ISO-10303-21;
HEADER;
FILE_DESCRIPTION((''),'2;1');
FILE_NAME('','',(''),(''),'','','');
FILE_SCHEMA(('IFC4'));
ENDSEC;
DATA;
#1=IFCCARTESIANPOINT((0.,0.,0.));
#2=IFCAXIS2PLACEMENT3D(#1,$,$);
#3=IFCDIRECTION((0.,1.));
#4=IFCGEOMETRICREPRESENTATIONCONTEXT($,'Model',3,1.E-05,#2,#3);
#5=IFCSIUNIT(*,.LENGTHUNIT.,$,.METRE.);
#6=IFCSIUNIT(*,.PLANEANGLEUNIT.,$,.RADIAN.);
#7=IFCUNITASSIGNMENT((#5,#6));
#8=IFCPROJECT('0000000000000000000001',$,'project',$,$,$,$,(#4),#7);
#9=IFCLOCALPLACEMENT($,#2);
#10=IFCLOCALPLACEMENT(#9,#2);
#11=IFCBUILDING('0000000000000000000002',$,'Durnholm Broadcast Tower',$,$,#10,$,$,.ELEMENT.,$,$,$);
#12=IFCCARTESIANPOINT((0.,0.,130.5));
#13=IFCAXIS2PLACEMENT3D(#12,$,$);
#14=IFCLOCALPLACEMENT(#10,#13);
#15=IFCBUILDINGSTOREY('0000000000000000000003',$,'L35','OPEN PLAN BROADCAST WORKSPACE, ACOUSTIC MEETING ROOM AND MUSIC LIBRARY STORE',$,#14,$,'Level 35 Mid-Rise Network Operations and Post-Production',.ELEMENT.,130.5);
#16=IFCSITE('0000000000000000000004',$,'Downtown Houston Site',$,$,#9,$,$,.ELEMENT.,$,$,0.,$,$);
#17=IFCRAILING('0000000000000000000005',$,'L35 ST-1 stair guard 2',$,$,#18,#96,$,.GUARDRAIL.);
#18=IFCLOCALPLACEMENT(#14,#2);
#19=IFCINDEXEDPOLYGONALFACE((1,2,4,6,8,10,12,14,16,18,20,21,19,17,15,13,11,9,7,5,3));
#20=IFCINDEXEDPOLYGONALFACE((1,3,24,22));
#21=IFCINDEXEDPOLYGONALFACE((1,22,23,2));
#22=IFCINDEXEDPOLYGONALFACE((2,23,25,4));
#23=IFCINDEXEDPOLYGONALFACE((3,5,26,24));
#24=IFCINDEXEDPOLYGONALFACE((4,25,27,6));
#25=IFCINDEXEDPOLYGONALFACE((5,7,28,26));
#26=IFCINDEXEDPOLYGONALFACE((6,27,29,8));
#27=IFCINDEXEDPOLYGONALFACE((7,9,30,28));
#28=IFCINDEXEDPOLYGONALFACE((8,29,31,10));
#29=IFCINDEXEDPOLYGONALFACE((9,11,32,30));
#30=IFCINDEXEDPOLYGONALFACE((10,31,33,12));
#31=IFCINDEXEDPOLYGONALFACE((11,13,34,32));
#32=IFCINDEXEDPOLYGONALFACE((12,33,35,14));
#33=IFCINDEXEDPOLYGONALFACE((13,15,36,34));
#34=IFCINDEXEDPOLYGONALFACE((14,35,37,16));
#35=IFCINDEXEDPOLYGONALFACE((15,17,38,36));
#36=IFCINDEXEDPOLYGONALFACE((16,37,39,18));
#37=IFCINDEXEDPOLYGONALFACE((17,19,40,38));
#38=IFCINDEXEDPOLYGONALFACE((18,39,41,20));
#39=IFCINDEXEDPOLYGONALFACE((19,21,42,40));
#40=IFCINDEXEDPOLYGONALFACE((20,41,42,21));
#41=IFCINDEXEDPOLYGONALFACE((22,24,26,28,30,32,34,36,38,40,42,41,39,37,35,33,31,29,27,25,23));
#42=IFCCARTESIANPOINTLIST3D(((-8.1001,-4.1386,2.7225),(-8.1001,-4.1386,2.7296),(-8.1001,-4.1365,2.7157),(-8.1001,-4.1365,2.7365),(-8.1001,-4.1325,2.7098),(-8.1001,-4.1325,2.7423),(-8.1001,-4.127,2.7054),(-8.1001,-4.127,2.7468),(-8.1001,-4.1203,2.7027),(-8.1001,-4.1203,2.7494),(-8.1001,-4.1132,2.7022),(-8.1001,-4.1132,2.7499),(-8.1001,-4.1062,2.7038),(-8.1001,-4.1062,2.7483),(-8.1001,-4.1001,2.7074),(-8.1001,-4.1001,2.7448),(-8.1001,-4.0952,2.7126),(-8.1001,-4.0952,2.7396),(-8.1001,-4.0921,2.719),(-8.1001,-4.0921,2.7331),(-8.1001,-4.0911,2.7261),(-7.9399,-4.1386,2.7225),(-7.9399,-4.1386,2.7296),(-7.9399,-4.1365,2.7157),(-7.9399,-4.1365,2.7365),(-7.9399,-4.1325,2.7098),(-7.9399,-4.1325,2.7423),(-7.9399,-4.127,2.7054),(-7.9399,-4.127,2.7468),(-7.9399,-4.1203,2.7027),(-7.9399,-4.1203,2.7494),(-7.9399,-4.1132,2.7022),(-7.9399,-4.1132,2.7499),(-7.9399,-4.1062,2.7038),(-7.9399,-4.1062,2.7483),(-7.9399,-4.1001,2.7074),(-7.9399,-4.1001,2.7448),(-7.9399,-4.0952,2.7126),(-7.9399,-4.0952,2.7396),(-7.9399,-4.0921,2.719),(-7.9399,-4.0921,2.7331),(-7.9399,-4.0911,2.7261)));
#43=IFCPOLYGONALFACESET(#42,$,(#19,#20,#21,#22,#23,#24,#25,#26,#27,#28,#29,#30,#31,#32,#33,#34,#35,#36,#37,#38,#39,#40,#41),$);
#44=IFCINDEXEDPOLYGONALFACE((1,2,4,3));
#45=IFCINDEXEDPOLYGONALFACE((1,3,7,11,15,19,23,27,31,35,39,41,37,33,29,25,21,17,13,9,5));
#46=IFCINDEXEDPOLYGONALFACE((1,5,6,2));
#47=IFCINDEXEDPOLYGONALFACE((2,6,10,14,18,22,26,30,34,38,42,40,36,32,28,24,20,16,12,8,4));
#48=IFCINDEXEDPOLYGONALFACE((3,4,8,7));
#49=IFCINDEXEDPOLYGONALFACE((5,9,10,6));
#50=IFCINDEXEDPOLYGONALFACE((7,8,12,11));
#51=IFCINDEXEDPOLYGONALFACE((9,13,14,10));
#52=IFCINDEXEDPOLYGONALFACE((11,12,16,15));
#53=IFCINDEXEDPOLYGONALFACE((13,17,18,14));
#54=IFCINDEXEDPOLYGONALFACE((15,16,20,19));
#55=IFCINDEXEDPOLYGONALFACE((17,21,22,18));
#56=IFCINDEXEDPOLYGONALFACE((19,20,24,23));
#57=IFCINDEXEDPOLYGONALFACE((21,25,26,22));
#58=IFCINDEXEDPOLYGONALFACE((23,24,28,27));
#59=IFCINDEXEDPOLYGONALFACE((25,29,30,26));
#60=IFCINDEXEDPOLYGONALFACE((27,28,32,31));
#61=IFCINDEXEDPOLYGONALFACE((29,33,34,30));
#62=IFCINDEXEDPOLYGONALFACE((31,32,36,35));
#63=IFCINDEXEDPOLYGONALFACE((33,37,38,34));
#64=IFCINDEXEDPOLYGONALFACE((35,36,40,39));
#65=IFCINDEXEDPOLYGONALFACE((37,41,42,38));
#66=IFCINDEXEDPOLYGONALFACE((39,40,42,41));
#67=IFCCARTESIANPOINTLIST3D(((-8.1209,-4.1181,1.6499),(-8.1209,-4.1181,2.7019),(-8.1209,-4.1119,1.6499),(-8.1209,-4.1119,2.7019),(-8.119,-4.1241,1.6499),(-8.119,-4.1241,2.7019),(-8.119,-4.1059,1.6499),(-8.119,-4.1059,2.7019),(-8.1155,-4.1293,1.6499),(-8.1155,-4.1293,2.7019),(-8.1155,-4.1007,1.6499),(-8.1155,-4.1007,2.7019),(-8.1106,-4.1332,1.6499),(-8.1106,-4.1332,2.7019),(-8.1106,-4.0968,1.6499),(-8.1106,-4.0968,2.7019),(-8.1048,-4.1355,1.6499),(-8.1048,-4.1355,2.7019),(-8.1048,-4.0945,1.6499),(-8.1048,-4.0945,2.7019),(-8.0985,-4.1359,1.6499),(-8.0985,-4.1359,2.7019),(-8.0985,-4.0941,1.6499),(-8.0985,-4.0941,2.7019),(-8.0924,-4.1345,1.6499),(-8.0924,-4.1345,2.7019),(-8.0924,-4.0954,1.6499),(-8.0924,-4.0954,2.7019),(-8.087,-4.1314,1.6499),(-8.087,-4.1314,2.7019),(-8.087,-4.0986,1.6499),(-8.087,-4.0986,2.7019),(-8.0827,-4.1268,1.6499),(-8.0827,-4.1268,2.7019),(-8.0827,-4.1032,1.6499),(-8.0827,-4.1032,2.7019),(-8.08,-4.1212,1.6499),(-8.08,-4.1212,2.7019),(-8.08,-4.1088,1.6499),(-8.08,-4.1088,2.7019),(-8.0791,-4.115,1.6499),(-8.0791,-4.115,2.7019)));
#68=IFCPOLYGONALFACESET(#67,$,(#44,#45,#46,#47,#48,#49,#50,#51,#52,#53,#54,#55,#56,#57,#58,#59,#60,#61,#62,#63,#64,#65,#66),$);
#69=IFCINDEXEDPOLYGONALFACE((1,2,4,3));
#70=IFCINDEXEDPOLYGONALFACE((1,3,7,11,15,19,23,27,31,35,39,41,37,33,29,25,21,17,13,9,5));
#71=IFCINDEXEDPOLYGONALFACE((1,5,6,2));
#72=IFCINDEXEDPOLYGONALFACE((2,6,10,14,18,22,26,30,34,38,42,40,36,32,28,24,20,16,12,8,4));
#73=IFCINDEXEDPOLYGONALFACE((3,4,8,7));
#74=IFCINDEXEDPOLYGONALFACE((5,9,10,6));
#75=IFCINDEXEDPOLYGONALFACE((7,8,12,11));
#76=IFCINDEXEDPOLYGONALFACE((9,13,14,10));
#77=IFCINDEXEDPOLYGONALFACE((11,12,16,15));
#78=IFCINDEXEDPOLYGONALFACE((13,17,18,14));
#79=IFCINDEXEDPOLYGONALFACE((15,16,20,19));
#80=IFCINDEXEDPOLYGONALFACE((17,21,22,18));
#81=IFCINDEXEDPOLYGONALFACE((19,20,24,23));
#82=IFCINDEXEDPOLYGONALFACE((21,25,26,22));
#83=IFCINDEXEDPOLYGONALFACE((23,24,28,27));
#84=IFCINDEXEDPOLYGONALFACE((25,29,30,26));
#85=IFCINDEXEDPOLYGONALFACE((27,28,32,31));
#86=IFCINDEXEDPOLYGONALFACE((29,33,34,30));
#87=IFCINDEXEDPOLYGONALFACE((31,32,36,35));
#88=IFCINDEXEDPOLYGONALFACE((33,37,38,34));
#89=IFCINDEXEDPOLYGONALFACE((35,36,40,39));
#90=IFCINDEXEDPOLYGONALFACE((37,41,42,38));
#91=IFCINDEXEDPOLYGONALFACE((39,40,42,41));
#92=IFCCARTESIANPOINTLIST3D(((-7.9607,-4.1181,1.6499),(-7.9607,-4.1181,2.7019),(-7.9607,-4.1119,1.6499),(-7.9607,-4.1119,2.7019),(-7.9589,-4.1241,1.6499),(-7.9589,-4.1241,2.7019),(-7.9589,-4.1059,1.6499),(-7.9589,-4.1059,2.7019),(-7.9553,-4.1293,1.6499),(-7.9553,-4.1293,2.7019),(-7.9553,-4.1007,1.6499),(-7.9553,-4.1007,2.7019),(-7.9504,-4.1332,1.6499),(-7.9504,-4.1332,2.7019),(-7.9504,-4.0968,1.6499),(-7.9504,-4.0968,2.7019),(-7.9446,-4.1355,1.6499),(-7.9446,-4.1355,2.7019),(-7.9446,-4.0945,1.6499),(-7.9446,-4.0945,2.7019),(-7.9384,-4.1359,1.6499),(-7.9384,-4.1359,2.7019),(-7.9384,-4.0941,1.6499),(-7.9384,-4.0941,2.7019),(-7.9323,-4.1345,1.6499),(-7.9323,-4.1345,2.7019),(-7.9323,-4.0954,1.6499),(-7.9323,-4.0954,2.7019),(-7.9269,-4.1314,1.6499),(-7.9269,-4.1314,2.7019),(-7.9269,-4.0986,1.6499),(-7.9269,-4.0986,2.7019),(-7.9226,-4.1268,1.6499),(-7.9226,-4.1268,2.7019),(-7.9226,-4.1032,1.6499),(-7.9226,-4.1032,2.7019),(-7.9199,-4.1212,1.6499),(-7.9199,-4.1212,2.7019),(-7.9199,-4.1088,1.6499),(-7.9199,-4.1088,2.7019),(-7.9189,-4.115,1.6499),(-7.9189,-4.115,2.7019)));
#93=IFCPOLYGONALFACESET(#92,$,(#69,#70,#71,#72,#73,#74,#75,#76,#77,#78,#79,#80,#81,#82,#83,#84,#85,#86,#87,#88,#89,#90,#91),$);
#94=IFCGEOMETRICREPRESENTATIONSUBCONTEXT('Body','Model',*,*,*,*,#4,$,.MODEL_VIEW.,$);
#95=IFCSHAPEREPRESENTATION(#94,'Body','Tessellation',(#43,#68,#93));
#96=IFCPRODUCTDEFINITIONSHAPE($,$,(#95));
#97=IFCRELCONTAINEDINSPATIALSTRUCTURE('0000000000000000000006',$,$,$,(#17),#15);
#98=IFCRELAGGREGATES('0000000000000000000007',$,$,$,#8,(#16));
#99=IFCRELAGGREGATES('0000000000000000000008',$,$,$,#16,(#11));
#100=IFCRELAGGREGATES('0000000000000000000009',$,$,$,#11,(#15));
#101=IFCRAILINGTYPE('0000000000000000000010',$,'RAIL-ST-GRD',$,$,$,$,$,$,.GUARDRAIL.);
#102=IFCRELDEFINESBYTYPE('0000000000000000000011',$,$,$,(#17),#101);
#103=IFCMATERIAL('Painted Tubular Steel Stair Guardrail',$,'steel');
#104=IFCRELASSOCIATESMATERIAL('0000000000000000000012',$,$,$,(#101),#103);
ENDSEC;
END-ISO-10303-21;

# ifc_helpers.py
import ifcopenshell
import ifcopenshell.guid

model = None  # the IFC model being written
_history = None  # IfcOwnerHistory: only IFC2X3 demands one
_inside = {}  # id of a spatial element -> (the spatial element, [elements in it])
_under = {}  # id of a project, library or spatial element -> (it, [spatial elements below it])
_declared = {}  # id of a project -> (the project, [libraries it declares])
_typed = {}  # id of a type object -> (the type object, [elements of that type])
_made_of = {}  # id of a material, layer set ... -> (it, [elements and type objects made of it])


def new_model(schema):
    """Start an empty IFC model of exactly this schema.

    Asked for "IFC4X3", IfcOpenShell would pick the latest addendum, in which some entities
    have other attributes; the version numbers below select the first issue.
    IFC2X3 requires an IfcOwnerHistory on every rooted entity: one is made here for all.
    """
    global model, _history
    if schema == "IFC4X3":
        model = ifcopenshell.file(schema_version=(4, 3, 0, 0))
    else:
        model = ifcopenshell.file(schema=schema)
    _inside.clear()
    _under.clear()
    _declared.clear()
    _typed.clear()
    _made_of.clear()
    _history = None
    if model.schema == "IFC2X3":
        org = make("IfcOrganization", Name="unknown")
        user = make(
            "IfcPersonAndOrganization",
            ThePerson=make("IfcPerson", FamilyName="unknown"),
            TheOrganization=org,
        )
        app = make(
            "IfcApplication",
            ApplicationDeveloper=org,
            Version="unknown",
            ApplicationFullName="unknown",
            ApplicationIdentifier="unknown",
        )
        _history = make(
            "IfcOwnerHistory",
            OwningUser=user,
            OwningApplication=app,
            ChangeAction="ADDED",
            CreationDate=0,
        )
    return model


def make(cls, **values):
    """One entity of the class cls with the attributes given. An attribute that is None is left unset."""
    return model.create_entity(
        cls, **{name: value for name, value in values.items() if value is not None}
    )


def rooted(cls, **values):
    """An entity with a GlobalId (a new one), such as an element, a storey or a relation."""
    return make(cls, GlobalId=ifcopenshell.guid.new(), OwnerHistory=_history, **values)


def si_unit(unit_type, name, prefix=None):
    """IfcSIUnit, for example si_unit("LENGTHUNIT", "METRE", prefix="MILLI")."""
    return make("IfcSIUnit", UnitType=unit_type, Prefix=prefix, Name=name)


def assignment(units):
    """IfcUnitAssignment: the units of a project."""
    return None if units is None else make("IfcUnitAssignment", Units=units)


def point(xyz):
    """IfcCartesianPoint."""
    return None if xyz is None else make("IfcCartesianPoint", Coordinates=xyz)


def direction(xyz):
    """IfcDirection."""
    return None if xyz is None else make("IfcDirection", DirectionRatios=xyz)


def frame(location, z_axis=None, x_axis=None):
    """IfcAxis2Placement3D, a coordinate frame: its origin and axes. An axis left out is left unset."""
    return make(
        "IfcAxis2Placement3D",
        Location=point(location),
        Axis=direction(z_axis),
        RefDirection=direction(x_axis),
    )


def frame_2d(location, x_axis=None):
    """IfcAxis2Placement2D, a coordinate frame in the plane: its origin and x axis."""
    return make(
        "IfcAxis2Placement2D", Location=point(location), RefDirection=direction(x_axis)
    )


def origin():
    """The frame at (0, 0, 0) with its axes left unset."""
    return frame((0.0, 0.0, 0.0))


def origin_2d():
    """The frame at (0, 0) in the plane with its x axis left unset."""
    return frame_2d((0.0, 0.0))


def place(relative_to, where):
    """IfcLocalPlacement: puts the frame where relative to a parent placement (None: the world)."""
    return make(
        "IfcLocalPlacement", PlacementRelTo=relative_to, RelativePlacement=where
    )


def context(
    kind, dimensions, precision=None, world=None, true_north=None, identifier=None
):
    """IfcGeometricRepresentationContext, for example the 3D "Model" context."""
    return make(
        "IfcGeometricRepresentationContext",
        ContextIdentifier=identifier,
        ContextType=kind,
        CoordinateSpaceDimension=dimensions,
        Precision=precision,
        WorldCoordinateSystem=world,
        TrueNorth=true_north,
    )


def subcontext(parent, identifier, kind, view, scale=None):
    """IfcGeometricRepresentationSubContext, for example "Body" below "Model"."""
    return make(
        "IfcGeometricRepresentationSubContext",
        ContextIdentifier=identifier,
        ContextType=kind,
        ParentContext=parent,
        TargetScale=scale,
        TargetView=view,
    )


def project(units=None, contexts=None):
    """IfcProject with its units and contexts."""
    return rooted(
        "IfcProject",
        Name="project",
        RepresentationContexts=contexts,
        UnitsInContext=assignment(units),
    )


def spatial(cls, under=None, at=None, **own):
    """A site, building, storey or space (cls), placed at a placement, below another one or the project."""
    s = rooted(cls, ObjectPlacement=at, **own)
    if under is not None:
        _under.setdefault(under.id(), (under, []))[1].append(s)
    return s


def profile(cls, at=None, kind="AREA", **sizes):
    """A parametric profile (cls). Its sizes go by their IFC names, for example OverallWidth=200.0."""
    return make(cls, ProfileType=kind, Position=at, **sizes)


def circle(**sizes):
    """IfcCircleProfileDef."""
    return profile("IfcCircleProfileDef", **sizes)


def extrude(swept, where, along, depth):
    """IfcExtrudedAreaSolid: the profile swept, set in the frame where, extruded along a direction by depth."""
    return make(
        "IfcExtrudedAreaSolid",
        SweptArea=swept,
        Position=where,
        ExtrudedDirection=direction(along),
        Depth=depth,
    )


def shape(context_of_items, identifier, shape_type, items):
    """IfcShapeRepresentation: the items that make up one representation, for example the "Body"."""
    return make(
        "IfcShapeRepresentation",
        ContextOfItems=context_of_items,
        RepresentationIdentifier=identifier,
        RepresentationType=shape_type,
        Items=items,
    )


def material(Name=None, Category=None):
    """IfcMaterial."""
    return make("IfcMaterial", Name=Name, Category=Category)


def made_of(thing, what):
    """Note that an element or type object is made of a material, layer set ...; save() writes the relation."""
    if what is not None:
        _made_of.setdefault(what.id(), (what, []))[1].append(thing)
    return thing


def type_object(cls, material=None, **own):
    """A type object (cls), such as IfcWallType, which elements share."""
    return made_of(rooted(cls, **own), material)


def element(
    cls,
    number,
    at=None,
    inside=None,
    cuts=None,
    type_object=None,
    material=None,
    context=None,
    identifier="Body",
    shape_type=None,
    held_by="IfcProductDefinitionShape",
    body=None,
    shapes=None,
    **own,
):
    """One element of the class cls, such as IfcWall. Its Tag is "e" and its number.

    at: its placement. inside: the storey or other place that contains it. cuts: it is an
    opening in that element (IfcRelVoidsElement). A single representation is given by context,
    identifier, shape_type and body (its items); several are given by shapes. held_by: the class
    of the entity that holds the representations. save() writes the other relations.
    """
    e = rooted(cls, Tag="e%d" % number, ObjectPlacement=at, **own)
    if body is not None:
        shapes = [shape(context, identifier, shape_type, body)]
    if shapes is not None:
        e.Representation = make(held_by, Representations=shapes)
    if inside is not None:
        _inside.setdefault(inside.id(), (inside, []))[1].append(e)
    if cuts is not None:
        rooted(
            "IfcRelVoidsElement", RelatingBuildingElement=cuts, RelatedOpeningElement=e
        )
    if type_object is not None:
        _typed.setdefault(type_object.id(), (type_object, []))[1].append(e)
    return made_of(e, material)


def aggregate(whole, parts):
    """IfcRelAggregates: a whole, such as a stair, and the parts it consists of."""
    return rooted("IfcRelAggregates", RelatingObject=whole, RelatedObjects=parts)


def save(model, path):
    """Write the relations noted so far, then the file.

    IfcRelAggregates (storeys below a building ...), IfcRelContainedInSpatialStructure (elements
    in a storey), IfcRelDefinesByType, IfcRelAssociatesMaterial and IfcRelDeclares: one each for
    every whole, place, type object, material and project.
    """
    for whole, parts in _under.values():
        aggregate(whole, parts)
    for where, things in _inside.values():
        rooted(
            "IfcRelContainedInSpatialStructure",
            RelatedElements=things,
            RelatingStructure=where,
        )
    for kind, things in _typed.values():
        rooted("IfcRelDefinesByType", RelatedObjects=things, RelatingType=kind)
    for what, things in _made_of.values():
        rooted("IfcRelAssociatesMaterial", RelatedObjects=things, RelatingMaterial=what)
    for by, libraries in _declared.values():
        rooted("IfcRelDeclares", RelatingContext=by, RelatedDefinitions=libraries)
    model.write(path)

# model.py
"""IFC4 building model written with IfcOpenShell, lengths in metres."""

from ifc_helpers import new_model, si_unit, direction, frame, origin, origin_2d, place, context, subcontext, project, spatial, circle, extrude, material, type_object, element, save


model = new_model("IFC4")

# Units and contexts
model_context = context("Model", 3, precision=1e-05, world=origin(), true_north=direction((0.0, 1.0)))
body_context = subcontext(model_context, "Body", "Model", "MODEL_VIEW")
ifc_project = project(units=[si_unit("LENGTHUNIT", "METRE"), si_unit("PLANEANGLEUNIT", "RADIAN")], contexts=[model_context])

# Site, building, storey
site_placement = place(None, origin())
site = spatial("IfcSite", under=ifc_project, at=site_placement, Name="Downtown Houston Site", CompositionType="ELEMENT", RefElevation=0.0)
building_placement = place(site_placement, origin())
building = spatial("IfcBuilding", under=site, at=building_placement, Name="Durnholm Broadcast Tower", CompositionType="ELEMENT")
storey_placement = place(building_placement, frame((0.0, 0.0, 130.5)))
storey = spatial("IfcBuildingStorey", under=building, at=storey_placement, Name="L35", Description="OPEN PLAN BROADCAST WORKSPACE, ACOUSTIC MEETING ROOM AND MUSIC LIBRARY STORE", LongName="Level 35 Mid-Rise Network Operations and Post-Production", CompositionType="ELEMENT", Elevation=130.5)

# Railing
ifc_material_1 = material(Name="Painted Tubular Steel Stair Guardrail", Category="steel")
railing_type_1 = type_object("IfcRailingType", Name="RAIL-ST-GRD", PredefinedType="GUARDRAIL", material=ifc_material_1)
railing_1_placement = place(storey_placement, frame((-8.1001, -4.115, 1.6499)))
element("IfcRailing", 1, at=railing_1_placement, inside=storey, type_object=railing_type_1, Name="L35 ST-1 stair guard 2", PredefinedType="GUARDRAIL", context=body_context, shape_type="SweptSolid", body=[
    extrude(circle(Radius=0.0239, at=origin_2d()), frame((0.0, 0.0, 1.0762), z_axis=(1.0, 0.0, 0.0), x_axis=(0.0, 1.0, 0.0)), (0.0, 0.0, 1.0), 0.1602),
    extrude(circle(Radius=0.021, at=origin_2d()), origin(), (0.0, 0.0, 1.0), 1.052),
    extrude(circle(Radius=0.021, at=origin_2d()), frame((0.1602, 0.0, 0.0)), (0.0, 0.0, 1.0), 1.052),
])

save(model, "model.ifc")
